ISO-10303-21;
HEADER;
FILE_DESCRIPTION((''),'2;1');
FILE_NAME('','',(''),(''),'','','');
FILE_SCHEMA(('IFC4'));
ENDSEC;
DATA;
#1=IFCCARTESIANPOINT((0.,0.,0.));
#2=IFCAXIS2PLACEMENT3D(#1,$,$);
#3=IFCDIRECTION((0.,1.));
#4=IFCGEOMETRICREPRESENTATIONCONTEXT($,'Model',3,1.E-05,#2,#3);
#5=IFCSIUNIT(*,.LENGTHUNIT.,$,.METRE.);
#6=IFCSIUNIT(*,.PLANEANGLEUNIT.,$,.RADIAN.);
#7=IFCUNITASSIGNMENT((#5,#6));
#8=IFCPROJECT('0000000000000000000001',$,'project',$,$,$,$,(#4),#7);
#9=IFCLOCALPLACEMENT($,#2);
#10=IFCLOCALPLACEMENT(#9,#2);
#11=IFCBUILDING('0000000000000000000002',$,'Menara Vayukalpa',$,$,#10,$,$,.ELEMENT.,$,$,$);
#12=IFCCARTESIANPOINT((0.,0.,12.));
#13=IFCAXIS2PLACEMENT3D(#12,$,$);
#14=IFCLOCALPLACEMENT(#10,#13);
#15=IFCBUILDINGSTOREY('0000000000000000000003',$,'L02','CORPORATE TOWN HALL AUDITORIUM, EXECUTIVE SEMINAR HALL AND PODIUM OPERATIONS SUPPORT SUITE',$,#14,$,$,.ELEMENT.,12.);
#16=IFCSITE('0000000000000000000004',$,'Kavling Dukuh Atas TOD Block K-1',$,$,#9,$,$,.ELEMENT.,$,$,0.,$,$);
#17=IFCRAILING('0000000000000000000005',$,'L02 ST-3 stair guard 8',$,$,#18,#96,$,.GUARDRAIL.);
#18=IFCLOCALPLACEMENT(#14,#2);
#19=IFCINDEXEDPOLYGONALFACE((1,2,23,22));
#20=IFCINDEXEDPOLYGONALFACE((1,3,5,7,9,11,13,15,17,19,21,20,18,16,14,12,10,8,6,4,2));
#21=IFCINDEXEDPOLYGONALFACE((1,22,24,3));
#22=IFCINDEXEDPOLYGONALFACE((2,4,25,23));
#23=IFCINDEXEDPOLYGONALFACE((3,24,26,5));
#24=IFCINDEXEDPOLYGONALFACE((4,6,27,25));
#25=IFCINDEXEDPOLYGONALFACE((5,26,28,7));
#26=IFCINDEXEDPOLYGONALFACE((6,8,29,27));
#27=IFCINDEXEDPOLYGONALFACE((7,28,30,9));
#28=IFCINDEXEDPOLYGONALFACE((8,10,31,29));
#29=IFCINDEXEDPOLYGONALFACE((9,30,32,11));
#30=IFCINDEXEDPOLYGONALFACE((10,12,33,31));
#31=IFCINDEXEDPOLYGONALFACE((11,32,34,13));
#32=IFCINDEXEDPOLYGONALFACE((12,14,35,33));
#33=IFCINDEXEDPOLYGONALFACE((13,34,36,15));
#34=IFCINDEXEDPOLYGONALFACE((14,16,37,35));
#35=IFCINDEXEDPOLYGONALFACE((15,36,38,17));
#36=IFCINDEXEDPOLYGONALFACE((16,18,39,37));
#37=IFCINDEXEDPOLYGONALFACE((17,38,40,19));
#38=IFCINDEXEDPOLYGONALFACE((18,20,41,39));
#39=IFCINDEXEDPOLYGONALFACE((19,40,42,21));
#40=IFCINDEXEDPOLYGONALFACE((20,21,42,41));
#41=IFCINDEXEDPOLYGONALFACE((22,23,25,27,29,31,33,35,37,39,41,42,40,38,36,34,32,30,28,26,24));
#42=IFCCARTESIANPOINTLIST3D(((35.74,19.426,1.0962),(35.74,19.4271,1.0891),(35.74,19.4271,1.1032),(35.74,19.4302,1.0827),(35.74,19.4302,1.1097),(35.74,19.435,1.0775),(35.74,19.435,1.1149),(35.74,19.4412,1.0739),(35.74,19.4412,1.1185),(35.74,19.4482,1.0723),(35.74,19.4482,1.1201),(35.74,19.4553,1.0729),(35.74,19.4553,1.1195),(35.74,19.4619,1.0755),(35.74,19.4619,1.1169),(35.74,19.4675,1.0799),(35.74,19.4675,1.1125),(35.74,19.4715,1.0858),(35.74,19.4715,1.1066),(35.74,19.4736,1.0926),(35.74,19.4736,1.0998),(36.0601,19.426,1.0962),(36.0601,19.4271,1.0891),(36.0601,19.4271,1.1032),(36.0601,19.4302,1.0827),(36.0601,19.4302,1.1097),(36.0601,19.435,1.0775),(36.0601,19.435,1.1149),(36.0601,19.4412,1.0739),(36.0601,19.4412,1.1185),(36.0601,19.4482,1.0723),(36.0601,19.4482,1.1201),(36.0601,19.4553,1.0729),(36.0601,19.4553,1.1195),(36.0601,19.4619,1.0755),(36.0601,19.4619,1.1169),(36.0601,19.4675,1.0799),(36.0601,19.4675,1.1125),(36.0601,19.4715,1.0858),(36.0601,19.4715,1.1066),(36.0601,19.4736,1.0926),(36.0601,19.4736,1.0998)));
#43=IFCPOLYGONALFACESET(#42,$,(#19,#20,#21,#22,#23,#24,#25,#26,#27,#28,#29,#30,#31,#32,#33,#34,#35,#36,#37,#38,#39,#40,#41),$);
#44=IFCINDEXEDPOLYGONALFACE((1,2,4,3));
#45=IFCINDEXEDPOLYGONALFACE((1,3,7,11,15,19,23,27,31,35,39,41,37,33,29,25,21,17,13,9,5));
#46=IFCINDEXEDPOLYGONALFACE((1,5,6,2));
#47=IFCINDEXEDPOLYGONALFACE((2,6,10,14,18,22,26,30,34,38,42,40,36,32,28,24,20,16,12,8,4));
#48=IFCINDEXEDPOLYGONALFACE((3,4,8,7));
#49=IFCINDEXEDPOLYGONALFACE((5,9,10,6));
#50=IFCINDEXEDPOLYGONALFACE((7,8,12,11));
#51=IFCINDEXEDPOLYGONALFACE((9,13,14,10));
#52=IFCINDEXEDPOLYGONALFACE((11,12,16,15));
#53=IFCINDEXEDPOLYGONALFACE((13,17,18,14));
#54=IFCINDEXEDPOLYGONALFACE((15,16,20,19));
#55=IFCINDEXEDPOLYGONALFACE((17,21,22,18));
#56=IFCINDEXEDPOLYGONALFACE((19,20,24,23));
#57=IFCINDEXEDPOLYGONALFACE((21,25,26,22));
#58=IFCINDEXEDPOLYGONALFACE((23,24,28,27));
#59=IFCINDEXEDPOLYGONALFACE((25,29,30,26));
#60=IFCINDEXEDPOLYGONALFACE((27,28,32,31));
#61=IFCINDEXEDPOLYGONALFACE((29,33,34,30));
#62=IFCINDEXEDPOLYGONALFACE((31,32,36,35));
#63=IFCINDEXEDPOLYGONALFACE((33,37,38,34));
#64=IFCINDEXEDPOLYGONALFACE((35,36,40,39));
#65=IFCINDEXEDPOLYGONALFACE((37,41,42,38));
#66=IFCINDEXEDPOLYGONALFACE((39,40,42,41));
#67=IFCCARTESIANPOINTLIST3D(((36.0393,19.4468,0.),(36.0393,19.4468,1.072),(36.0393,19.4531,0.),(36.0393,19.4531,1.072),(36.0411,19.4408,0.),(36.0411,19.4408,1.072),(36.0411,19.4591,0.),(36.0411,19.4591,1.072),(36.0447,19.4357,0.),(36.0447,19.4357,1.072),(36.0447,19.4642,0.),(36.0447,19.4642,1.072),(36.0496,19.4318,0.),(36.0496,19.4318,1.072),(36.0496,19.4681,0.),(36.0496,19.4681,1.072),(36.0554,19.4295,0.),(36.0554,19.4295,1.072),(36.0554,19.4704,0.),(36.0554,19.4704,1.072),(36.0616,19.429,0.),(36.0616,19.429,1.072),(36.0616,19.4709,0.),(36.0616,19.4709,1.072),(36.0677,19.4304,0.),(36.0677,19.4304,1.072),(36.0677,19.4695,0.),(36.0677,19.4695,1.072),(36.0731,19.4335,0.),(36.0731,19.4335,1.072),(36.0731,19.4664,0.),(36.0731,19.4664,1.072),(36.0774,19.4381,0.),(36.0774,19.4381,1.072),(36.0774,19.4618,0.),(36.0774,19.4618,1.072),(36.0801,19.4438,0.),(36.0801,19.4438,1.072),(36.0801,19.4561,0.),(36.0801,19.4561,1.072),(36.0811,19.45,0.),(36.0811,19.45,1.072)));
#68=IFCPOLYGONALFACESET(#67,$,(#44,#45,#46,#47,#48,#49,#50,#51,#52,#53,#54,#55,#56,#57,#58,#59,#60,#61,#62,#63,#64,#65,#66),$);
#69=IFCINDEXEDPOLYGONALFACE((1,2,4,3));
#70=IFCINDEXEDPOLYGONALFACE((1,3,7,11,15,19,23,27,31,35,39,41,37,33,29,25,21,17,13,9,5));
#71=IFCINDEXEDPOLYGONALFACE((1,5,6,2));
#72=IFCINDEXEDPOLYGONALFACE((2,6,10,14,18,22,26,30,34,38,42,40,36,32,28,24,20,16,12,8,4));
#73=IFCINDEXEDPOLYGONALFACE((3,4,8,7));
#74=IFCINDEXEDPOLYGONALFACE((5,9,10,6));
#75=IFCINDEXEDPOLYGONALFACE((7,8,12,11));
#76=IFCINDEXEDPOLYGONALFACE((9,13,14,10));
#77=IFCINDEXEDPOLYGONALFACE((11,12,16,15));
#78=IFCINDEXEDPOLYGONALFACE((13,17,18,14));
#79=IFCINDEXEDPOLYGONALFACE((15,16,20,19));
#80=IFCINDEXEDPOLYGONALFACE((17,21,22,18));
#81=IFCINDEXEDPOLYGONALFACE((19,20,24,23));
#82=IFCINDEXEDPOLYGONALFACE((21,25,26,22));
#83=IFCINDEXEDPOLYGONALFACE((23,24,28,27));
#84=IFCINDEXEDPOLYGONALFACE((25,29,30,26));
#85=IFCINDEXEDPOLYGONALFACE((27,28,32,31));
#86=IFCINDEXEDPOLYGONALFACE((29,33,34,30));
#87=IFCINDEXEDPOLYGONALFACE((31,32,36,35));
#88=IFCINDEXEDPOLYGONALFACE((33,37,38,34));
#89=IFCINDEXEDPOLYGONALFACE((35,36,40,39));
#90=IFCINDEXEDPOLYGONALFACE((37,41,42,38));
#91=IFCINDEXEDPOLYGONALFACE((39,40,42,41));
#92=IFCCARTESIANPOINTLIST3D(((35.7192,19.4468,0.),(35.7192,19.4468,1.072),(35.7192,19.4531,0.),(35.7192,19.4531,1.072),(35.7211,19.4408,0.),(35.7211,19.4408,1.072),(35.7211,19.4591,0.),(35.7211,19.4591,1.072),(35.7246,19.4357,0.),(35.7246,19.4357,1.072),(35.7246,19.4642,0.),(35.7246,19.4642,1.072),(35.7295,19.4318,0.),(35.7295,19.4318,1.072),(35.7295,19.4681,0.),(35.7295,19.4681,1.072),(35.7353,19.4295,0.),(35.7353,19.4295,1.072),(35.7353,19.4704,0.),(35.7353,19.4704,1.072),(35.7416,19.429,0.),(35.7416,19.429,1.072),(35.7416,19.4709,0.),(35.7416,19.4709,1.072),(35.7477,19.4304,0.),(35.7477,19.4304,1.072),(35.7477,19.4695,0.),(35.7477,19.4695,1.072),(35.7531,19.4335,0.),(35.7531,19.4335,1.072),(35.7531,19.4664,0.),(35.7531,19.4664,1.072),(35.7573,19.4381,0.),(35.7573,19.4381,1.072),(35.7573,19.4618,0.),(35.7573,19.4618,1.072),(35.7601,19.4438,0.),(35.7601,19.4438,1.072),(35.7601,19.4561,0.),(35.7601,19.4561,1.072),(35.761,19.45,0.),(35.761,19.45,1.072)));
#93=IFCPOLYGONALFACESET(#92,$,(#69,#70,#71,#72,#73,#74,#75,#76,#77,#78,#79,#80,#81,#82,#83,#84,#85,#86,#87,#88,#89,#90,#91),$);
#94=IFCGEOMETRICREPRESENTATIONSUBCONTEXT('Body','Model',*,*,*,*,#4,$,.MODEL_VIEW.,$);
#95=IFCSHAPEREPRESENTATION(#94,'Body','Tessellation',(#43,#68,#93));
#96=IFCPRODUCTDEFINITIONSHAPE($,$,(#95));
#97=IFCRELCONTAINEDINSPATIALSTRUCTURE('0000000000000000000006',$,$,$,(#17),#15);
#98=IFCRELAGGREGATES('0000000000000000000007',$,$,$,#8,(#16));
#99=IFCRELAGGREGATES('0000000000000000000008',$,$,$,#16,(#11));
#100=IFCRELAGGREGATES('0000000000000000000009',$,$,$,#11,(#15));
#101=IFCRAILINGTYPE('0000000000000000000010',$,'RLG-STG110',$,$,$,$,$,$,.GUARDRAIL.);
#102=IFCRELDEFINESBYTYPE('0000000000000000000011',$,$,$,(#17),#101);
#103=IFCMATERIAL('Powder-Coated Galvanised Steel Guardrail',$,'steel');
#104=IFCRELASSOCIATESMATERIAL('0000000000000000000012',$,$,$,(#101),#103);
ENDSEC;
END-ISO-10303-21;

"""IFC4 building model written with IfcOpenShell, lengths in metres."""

from ifc_helpers import new_model, si_unit, direction, frame, origin, origin_2d, place, context, subcontext, project, spatial, circle, extrude, material, type_object, element, save


model = new_model("IFC4")

# Units and contexts
model_context = context("Model", 3, precision=1e-05, world=origin(), true_north=direction((0.0, 1.0)))
body_context = subcontext(model_context, "Body", "Model", "MODEL_VIEW")
ifc_project = project(units=[si_unit("LENGTHUNIT", "METRE"), si_unit("PLANEANGLEUNIT", "RADIAN")], contexts=[model_context])

# Site, building, storey
site_placement = place(None, origin())
site = spatial("IfcSite", under=ifc_project, at=site_placement, Name="Kavling Dukuh Atas TOD Block K-1", CompositionType="ELEMENT", RefElevation=0.0)
building_placement = place(site_placement, origin())
building = spatial("IfcBuilding", under=site, at=building_placement, Name="Menara Vayukalpa", CompositionType="ELEMENT")
storey_placement = place(building_placement, frame((0.0, 0.0, 12.0)))
storey = spatial("IfcBuildingStorey", under=building, at=storey_placement, Name="L02", Description="CORPORATE TOWN HALL AUDITORIUM, EXECUTIVE SEMINAR HALL AND PODIUM OPERATIONS SUPPORT SUITE", CompositionType="ELEMENT", Elevation=12.0)

# Railing
ifc_material_1 = material(Name="Powder-Coated Galvanised Steel Guardrail", Category="steel")
railing_type_1 = type_object("IfcRailingType", Name="RLG-STG110", PredefinedType="GUARDRAIL", material=ifc_material_1)
railing_1_placement = place(storey_placement, frame((36.0601, 19.45, 0.0)))
element("IfcRailing", 1, at=railing_1_placement, inside=storey, type_object=railing_type_1, Name="L02 ST-3 stair guard 8", PredefinedType="GUARDRAIL", context=body_context, shape_type="SweptSolid", body=[
    extrude(circle(Radius=0.0239, at=origin_2d()), frame((0.0, 0.0, 1.0962), z_axis=(-1.0, 0.0, 0.0), x_axis=(0.0, -1.0, 0.0)), (0.0, 0.0, 1.0), 0.3201),
    extrude(circle(Radius=0.021, at=origin_2d()), origin(), (0.0, 0.0, 1.0), 1.072),
    extrude(circle(Radius=0.021, at=origin_2d()), frame((-0.3201, 0.0, 0.0)), (0.0, 0.0, 1.0), 1.072),
])

save(model, "model.ifc")
